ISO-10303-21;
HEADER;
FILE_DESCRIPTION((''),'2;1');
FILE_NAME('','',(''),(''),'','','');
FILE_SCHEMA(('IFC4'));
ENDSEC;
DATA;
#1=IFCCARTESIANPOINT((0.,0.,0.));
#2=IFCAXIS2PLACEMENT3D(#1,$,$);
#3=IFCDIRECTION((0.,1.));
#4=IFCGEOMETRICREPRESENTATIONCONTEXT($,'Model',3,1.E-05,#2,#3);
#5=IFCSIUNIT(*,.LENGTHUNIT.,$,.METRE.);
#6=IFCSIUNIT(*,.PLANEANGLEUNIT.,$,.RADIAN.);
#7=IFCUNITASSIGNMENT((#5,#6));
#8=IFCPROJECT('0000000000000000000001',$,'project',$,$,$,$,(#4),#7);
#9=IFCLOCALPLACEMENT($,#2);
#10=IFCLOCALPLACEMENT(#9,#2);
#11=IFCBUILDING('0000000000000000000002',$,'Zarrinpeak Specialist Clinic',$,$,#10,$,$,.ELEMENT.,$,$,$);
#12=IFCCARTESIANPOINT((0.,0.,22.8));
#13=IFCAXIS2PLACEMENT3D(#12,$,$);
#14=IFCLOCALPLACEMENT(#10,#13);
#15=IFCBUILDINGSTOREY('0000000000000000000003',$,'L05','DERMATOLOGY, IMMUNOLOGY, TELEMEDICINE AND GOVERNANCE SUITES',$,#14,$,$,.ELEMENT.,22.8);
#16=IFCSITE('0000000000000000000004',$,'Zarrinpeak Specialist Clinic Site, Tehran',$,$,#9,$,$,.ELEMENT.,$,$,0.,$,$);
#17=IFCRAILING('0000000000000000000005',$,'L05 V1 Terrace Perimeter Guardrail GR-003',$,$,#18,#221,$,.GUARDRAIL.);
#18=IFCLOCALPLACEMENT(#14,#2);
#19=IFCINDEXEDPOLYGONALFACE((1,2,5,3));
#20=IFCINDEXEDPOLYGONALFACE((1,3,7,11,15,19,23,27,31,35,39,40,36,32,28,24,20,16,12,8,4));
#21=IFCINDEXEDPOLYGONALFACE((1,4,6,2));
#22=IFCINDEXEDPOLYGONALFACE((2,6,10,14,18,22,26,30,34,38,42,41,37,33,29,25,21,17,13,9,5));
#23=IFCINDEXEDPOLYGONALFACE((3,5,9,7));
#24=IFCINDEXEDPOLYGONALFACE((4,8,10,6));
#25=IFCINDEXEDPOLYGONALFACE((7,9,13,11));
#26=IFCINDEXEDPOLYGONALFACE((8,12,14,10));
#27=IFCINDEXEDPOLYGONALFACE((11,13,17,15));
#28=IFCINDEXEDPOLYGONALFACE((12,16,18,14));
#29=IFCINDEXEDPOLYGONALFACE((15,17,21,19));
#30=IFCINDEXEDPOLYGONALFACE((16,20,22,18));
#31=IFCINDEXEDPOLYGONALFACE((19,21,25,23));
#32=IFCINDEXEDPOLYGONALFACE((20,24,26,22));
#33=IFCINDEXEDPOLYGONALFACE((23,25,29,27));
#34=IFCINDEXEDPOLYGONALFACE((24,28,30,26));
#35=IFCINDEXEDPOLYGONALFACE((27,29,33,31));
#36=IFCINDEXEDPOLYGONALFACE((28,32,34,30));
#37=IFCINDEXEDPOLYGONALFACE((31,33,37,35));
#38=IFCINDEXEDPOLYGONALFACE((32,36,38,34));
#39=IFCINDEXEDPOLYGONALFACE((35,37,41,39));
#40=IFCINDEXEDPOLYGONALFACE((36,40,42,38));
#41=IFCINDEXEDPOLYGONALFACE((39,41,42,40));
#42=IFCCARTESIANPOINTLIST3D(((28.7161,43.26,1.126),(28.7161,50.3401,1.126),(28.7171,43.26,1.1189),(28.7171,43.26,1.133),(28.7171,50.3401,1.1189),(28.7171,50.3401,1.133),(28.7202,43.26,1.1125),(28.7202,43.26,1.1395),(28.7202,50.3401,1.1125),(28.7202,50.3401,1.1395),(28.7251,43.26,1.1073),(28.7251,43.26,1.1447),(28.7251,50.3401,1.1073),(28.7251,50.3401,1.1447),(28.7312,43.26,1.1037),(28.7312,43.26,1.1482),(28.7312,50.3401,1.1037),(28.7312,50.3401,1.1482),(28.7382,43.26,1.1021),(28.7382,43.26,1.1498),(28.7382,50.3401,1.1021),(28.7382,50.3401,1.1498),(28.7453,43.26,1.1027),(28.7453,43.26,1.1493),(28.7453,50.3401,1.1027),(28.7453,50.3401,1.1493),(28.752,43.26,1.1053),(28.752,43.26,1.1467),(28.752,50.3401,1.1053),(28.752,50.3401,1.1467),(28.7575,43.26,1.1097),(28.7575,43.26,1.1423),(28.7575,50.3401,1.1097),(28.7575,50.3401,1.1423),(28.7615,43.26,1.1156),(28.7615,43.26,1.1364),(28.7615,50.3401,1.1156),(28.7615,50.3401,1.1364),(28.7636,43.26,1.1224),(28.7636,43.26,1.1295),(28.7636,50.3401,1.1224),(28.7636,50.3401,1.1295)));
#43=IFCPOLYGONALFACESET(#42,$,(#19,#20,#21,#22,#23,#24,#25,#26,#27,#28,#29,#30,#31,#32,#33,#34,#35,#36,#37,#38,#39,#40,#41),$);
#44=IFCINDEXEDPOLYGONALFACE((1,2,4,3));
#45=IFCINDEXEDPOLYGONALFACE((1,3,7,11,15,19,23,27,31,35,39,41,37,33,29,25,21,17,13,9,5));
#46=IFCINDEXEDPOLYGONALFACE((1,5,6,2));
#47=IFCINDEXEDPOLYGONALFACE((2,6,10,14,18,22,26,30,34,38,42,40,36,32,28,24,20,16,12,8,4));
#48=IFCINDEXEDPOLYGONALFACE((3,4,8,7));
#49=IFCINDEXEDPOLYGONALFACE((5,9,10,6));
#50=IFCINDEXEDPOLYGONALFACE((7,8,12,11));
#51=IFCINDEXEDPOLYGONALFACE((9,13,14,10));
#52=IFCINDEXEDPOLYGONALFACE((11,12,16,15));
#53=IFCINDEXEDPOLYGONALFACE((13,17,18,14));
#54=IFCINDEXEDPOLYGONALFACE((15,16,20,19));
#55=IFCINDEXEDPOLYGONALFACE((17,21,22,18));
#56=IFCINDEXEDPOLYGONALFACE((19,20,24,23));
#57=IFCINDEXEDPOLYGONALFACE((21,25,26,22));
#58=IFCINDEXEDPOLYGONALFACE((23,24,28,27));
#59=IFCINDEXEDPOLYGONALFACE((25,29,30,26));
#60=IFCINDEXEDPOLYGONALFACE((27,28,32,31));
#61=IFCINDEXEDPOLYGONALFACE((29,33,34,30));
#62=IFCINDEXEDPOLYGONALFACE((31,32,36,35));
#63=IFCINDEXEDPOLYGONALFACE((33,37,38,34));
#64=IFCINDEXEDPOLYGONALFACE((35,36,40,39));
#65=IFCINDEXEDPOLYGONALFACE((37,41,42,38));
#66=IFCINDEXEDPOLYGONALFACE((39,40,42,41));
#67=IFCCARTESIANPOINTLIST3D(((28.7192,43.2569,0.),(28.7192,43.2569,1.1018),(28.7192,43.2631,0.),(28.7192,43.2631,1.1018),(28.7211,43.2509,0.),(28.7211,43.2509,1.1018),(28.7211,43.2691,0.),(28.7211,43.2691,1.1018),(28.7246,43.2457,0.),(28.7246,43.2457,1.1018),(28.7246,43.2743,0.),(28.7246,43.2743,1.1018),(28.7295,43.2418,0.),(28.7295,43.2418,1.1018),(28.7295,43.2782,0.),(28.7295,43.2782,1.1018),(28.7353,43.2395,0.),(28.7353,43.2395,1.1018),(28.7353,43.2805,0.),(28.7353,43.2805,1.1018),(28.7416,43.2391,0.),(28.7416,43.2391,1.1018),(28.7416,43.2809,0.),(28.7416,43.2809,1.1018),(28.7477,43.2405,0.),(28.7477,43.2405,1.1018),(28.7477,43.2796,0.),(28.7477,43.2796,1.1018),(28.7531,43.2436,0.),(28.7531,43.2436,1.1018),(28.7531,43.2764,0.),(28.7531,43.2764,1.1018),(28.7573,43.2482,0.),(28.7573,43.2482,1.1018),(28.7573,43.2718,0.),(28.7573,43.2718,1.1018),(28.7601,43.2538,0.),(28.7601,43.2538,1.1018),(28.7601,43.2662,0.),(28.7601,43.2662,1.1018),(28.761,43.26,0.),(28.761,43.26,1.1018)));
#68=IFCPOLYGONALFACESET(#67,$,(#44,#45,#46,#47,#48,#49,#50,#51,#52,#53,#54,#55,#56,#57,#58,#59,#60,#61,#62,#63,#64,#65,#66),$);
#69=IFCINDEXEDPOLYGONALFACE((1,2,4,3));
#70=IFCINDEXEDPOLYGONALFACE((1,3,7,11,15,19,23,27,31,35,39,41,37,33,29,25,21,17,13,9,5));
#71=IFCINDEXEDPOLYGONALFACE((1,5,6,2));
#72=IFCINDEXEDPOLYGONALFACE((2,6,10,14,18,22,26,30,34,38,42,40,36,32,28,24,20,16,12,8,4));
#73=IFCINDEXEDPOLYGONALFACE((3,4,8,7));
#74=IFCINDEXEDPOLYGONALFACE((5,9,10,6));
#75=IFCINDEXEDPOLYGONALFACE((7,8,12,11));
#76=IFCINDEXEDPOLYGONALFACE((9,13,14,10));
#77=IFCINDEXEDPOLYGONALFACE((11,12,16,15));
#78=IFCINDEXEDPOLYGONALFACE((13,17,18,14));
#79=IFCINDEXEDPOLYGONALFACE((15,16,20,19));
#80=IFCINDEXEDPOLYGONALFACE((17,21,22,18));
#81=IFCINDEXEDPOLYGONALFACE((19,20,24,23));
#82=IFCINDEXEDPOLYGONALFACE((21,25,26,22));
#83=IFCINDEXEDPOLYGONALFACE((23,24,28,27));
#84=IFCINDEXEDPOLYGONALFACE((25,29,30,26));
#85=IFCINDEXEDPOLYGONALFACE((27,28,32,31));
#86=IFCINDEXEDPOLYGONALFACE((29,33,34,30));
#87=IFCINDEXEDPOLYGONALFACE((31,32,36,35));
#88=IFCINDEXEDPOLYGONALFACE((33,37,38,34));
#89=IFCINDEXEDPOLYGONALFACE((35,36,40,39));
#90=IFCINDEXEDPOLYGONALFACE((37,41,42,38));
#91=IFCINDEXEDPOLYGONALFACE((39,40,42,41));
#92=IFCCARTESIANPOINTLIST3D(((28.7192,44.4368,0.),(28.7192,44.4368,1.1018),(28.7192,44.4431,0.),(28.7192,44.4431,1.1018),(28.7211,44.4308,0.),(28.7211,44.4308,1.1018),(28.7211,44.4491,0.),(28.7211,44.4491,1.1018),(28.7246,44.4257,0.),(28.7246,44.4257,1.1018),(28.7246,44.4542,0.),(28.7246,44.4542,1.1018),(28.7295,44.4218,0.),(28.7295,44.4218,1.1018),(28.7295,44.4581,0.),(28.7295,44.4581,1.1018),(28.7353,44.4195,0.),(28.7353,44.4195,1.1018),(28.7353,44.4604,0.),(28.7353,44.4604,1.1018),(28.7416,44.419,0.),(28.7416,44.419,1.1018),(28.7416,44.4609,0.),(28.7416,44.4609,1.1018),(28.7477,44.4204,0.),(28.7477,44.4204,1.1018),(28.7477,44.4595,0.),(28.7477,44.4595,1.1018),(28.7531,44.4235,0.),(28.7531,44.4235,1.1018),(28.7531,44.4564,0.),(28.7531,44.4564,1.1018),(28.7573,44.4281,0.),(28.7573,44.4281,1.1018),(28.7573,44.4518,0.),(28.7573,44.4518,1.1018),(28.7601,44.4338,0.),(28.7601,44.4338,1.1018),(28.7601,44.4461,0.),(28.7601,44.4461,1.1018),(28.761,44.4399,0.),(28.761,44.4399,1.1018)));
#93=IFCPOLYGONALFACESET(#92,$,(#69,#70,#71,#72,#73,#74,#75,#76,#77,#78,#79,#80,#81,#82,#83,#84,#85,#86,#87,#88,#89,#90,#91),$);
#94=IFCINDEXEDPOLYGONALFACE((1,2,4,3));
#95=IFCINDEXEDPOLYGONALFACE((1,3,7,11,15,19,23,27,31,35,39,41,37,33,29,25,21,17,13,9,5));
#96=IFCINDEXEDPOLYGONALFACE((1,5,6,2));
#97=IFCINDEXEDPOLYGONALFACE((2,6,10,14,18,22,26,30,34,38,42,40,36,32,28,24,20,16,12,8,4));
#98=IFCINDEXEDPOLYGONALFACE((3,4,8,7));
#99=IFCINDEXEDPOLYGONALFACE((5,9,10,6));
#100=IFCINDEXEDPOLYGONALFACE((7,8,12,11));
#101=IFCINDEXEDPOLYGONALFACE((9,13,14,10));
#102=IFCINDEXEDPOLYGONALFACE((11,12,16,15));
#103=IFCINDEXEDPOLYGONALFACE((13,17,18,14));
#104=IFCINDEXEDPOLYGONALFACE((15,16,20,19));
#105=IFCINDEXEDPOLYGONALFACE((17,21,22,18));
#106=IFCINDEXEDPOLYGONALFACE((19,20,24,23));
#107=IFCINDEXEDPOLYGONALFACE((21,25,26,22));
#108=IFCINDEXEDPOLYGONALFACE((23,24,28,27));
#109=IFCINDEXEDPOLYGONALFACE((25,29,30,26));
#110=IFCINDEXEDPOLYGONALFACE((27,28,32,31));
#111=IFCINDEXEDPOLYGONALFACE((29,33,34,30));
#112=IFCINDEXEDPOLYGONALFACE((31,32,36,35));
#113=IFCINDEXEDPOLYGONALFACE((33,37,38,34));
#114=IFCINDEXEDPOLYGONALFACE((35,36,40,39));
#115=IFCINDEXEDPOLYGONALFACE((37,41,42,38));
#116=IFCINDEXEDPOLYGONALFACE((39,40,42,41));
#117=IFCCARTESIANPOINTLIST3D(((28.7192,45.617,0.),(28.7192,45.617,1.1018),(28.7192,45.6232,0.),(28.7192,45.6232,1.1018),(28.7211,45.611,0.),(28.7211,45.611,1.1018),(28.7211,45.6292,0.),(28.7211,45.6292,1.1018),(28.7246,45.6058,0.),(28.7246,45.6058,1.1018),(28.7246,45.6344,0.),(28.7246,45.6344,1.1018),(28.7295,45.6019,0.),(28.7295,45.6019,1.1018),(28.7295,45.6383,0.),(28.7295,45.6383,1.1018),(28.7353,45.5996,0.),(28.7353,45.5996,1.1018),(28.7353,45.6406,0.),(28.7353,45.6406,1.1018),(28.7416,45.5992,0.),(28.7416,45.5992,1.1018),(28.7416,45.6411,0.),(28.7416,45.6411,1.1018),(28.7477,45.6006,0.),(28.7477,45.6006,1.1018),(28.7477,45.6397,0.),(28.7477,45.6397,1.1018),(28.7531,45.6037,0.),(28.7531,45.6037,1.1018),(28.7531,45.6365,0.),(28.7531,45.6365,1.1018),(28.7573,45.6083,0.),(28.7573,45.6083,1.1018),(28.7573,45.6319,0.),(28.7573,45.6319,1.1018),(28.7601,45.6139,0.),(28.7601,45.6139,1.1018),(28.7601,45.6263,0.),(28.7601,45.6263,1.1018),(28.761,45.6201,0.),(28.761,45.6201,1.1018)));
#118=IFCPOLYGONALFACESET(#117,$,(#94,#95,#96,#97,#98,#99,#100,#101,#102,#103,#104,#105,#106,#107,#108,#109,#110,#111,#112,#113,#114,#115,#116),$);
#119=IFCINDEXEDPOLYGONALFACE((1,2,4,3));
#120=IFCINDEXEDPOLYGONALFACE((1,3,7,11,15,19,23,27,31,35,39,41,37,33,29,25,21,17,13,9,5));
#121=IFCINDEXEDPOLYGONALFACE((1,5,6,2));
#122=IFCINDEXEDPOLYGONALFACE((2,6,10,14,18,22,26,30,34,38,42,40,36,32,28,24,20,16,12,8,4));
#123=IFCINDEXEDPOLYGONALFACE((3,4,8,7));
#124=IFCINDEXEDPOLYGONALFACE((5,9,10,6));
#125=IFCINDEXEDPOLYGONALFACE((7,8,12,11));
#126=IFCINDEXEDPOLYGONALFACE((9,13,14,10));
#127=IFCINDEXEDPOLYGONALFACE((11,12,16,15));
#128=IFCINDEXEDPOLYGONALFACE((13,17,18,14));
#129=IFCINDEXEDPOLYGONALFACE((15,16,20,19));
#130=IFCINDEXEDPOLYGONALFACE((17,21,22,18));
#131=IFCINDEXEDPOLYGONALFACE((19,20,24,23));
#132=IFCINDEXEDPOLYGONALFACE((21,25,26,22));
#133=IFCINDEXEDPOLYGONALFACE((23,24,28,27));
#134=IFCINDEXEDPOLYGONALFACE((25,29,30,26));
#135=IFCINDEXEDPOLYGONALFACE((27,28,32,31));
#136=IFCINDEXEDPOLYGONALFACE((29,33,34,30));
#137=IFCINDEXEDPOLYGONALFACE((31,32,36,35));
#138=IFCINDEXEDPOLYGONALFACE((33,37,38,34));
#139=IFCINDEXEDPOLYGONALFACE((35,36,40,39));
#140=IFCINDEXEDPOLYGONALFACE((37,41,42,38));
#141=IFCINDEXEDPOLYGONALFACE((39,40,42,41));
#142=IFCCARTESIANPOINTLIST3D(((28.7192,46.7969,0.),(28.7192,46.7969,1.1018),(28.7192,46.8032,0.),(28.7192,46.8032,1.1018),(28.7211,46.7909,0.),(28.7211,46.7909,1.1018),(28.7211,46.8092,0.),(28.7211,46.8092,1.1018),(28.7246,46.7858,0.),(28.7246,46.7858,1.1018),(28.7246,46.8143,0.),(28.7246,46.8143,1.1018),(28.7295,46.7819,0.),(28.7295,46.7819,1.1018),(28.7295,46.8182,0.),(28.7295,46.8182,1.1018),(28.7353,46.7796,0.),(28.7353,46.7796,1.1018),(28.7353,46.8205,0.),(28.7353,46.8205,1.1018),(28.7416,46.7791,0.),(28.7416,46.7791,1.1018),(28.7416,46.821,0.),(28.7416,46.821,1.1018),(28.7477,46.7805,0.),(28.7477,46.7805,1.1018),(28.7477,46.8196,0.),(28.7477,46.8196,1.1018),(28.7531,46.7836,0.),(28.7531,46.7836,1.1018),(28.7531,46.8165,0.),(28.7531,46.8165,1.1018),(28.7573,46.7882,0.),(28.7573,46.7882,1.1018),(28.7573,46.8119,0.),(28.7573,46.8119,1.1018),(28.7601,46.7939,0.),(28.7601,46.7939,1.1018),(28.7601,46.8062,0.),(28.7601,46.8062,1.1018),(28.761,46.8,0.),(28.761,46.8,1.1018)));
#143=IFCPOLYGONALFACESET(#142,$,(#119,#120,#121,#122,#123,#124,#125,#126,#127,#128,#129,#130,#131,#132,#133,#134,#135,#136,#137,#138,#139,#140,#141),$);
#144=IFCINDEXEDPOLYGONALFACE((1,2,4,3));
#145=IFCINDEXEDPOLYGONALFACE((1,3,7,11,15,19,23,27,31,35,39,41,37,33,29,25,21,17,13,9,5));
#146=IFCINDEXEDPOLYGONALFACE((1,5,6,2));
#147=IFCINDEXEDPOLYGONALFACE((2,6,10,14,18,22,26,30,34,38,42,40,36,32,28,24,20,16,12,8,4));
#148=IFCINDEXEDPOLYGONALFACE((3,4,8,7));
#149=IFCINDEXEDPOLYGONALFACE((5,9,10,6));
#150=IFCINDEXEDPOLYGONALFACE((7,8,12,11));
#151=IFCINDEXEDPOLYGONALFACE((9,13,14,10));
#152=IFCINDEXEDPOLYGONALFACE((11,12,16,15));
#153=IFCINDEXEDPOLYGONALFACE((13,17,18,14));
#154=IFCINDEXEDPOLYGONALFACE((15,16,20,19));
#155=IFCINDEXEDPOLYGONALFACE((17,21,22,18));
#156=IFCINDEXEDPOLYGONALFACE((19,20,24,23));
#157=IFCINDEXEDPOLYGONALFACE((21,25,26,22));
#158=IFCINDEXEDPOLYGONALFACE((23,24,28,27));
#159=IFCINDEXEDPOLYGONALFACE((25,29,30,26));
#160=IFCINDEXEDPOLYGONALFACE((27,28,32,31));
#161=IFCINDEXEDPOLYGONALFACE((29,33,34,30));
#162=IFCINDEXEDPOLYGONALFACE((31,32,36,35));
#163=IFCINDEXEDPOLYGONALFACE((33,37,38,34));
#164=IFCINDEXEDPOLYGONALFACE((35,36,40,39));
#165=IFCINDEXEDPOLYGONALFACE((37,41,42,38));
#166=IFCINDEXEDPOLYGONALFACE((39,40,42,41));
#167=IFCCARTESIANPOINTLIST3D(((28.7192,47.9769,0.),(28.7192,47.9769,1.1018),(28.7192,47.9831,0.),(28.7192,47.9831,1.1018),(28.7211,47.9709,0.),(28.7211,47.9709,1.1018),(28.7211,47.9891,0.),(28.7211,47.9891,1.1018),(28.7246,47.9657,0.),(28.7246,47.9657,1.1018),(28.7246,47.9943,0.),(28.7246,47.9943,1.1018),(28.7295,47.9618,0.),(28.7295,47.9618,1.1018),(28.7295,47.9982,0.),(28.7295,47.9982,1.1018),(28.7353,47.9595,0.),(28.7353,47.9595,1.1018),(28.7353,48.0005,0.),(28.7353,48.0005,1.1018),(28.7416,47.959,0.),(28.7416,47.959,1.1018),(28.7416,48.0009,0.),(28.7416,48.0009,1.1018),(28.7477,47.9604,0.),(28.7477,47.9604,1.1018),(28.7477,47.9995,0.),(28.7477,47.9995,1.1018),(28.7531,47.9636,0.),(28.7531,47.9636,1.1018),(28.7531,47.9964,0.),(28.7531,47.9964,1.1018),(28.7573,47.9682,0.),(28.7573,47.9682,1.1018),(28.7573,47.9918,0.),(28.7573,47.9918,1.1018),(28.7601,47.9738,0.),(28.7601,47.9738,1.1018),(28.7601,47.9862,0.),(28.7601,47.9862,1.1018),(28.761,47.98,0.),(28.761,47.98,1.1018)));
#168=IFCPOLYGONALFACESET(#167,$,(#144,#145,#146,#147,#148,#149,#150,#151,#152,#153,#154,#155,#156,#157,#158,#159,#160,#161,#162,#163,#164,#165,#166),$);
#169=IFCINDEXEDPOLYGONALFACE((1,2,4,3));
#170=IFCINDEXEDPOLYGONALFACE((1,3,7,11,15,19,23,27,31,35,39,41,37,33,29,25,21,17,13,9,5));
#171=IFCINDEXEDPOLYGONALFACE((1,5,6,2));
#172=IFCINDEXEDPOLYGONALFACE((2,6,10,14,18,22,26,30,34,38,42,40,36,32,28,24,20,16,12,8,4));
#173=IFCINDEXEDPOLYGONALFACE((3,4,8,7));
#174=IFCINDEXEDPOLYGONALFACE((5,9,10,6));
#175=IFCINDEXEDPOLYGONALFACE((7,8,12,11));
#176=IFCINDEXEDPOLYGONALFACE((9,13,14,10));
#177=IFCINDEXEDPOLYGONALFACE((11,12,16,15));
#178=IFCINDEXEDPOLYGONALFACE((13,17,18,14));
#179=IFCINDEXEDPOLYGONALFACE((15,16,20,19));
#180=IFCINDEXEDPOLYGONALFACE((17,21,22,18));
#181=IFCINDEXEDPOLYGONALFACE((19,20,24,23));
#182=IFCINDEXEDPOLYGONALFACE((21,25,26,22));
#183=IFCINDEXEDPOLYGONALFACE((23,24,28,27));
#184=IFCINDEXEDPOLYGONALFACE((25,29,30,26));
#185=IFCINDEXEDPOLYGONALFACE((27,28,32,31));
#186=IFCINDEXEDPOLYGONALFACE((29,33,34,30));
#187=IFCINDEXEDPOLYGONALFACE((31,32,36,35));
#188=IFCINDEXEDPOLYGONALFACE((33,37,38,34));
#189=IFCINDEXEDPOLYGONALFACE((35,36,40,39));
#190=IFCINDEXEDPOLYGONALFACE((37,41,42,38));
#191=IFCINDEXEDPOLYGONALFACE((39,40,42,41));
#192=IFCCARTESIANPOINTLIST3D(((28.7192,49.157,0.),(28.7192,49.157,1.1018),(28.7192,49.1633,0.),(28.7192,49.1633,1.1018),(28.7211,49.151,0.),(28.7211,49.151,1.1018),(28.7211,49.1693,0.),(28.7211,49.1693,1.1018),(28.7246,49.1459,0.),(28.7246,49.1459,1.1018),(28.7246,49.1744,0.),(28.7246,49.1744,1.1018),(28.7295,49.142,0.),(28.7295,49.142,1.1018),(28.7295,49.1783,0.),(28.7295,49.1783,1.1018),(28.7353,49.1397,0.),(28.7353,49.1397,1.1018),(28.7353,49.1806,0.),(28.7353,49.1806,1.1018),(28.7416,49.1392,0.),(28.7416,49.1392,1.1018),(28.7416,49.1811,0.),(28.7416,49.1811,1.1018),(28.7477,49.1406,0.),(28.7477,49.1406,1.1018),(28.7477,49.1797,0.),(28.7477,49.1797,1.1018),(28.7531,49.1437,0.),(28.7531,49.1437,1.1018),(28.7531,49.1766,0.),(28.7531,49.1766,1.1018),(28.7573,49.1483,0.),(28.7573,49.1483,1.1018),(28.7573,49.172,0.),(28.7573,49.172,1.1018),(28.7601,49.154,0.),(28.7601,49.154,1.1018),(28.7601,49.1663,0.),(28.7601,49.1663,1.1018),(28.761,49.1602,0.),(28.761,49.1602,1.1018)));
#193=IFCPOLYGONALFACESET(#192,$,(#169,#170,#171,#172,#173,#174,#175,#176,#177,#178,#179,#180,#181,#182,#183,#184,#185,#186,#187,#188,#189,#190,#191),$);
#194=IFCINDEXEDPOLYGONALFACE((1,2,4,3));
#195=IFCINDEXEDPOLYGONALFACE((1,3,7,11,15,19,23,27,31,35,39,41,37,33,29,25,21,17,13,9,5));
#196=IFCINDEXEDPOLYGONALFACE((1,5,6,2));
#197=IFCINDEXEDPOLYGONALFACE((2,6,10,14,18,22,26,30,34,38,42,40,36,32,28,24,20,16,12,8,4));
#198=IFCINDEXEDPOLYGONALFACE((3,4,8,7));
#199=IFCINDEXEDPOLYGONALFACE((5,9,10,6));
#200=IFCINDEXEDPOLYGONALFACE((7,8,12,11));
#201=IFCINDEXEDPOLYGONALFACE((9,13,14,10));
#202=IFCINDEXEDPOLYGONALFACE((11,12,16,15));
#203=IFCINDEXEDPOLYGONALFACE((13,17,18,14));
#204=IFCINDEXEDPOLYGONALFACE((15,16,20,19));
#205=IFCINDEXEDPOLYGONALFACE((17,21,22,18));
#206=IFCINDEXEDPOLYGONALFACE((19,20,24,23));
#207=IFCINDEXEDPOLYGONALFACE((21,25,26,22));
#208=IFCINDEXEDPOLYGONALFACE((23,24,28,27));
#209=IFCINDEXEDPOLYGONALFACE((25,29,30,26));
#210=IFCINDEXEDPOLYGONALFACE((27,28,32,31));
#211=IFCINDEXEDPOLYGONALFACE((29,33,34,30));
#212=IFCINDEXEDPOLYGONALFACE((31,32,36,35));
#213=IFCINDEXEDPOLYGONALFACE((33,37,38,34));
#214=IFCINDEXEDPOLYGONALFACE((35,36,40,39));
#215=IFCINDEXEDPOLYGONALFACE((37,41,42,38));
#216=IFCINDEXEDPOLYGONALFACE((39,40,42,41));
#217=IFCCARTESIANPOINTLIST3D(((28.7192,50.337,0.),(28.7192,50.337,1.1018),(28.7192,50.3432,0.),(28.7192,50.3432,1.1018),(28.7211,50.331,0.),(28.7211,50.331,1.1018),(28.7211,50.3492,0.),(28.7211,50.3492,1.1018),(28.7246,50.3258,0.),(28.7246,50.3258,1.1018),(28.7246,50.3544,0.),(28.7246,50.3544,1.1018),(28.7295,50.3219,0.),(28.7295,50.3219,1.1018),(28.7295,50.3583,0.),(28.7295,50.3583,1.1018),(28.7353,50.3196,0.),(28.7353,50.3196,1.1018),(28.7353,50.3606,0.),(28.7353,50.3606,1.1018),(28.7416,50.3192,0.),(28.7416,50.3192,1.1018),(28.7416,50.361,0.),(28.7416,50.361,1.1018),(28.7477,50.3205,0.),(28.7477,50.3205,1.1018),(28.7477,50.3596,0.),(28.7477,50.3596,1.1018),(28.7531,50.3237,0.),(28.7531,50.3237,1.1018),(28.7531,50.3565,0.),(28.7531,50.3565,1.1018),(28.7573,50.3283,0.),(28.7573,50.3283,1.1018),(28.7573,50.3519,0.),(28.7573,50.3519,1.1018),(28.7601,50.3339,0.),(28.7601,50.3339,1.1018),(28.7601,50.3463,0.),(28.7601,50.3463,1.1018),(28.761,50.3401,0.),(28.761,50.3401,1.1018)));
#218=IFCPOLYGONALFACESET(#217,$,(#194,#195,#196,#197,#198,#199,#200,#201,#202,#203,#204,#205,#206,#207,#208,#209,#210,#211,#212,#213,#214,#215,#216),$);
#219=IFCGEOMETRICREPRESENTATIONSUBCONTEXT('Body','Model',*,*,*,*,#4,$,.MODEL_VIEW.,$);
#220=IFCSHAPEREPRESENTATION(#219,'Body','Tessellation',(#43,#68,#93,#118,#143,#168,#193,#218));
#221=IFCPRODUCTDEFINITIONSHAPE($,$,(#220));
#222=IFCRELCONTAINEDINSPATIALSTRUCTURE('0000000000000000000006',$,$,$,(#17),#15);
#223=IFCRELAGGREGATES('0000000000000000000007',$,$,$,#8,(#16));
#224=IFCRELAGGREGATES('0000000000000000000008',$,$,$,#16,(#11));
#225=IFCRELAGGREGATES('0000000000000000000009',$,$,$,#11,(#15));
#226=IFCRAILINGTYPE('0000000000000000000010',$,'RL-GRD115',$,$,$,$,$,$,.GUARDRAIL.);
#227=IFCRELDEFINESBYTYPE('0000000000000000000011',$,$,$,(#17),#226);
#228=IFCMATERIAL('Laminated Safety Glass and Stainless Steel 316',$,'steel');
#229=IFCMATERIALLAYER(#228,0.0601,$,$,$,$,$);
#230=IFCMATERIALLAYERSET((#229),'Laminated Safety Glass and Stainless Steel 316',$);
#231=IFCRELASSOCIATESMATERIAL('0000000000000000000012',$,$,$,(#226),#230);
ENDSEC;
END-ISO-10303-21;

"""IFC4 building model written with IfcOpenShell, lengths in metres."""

from ifc_helpers import new_model, si_unit, direction, frame, origin, origin_2d, place, context, subcontext, project, spatial, circle, extrude, material, layer, layer_set, type_object, element, save


model = new_model("IFC4")

# Units and contexts
model_context = context("Model", 3, precision=1e-05, world=origin(), true_north=direction((0.0, 1.0)))
body_context = subcontext(model_context, "Body", "Model", "MODEL_VIEW")
ifc_project = project(units=[si_unit("LENGTHUNIT", "METRE"), si_unit("PLANEANGLEUNIT", "RADIAN")], contexts=[model_context])

# Site, building, storey
site_placement = place(None, origin())
site = spatial("IfcSite", under=ifc_project, at=site_placement, Name="Zarrinpeak Specialist Clinic Site, Tehran", CompositionType="ELEMENT", RefElevation=0.0)
building_placement = place(site_placement, origin())
building = spatial("IfcBuilding", under=site, at=building_placement, Name="Zarrinpeak Specialist Clinic", CompositionType="ELEMENT")
storey_placement = place(building_placement, frame((0.0, 0.0, 22.8)))
storey = spatial("IfcBuildingStorey", under=building, at=storey_placement, Name="L05", Description="DERMATOLOGY, IMMUNOLOGY, TELEMEDICINE AND GOVERNANCE SUITES", CompositionType="ELEMENT", Elevation=22.8)

# Railing
ifc_material_1 = material(Name="Laminated Safety Glass and Stainless Steel 316", Category="steel")
ifc_layer_1 = layer(ifc_material_1, 0.0601)
ifc_layer_set_1 = layer_set([ifc_layer_1], Name="Laminated Safety Glass and Stainless Steel 316")
railing_type_1 = type_object("IfcRailingType", Name="RL-GRD115", PredefinedType="GUARDRAIL", material=ifc_layer_set_1)
railing_1_placement = place(storey_placement, frame((28.74, 43.26, 0.0)))
element("IfcRailing", 1, at=railing_1_placement, inside=storey, type_object=railing_type_1, Name="L05 V1 Terrace Perimeter Guardrail GR-003", PredefinedType="GUARDRAIL", context=body_context, shape_type="SweptSolid", body=[
    extrude(circle(Radius=0.0239, at=origin_2d()), frame((0.0, 0.0, 1.126), z_axis=(0.0, 1.0, 0.0), x_axis=(-1.0, 0.0, 0.0)), (0.0, 0.0, 1.0), 7.0801),
    extrude(circle(Radius=0.021, at=origin_2d()), origin(), (0.0, 0.0, 1.0), 1.1018),
    extrude(circle(Radius=0.021, at=origin_2d()), frame((0.0, 1.1799, 0.0)), (0.0, 0.0, 1.0), 1.1018),
    extrude(circle(Radius=0.021, at=origin_2d()), frame((0.0, 2.3601, 0.0)), (0.0, 0.0, 1.0), 1.1018),
    extrude(circle(Radius=0.021, at=origin_2d()), frame((0.0, 3.54, 0.0)), (0.0, 0.0, 1.0), 1.1018),
    extrude(circle(Radius=0.021, at=origin_2d()), frame((0.0, 4.72, 0.0)), (0.0, 0.0, 1.0), 1.1018),
    extrude(circle(Radius=0.021, at=origin_2d()), frame((0.0, 5.9001, 0.0)), (0.0, 0.0, 1.0), 1.1018),
    extrude(circle(Radius=0.021, at=origin_2d()), frame((0.0, 7.0801, 0.0)), (0.0, 0.0, 1.0), 1.1018),
])

save(model, "model.ifc")
